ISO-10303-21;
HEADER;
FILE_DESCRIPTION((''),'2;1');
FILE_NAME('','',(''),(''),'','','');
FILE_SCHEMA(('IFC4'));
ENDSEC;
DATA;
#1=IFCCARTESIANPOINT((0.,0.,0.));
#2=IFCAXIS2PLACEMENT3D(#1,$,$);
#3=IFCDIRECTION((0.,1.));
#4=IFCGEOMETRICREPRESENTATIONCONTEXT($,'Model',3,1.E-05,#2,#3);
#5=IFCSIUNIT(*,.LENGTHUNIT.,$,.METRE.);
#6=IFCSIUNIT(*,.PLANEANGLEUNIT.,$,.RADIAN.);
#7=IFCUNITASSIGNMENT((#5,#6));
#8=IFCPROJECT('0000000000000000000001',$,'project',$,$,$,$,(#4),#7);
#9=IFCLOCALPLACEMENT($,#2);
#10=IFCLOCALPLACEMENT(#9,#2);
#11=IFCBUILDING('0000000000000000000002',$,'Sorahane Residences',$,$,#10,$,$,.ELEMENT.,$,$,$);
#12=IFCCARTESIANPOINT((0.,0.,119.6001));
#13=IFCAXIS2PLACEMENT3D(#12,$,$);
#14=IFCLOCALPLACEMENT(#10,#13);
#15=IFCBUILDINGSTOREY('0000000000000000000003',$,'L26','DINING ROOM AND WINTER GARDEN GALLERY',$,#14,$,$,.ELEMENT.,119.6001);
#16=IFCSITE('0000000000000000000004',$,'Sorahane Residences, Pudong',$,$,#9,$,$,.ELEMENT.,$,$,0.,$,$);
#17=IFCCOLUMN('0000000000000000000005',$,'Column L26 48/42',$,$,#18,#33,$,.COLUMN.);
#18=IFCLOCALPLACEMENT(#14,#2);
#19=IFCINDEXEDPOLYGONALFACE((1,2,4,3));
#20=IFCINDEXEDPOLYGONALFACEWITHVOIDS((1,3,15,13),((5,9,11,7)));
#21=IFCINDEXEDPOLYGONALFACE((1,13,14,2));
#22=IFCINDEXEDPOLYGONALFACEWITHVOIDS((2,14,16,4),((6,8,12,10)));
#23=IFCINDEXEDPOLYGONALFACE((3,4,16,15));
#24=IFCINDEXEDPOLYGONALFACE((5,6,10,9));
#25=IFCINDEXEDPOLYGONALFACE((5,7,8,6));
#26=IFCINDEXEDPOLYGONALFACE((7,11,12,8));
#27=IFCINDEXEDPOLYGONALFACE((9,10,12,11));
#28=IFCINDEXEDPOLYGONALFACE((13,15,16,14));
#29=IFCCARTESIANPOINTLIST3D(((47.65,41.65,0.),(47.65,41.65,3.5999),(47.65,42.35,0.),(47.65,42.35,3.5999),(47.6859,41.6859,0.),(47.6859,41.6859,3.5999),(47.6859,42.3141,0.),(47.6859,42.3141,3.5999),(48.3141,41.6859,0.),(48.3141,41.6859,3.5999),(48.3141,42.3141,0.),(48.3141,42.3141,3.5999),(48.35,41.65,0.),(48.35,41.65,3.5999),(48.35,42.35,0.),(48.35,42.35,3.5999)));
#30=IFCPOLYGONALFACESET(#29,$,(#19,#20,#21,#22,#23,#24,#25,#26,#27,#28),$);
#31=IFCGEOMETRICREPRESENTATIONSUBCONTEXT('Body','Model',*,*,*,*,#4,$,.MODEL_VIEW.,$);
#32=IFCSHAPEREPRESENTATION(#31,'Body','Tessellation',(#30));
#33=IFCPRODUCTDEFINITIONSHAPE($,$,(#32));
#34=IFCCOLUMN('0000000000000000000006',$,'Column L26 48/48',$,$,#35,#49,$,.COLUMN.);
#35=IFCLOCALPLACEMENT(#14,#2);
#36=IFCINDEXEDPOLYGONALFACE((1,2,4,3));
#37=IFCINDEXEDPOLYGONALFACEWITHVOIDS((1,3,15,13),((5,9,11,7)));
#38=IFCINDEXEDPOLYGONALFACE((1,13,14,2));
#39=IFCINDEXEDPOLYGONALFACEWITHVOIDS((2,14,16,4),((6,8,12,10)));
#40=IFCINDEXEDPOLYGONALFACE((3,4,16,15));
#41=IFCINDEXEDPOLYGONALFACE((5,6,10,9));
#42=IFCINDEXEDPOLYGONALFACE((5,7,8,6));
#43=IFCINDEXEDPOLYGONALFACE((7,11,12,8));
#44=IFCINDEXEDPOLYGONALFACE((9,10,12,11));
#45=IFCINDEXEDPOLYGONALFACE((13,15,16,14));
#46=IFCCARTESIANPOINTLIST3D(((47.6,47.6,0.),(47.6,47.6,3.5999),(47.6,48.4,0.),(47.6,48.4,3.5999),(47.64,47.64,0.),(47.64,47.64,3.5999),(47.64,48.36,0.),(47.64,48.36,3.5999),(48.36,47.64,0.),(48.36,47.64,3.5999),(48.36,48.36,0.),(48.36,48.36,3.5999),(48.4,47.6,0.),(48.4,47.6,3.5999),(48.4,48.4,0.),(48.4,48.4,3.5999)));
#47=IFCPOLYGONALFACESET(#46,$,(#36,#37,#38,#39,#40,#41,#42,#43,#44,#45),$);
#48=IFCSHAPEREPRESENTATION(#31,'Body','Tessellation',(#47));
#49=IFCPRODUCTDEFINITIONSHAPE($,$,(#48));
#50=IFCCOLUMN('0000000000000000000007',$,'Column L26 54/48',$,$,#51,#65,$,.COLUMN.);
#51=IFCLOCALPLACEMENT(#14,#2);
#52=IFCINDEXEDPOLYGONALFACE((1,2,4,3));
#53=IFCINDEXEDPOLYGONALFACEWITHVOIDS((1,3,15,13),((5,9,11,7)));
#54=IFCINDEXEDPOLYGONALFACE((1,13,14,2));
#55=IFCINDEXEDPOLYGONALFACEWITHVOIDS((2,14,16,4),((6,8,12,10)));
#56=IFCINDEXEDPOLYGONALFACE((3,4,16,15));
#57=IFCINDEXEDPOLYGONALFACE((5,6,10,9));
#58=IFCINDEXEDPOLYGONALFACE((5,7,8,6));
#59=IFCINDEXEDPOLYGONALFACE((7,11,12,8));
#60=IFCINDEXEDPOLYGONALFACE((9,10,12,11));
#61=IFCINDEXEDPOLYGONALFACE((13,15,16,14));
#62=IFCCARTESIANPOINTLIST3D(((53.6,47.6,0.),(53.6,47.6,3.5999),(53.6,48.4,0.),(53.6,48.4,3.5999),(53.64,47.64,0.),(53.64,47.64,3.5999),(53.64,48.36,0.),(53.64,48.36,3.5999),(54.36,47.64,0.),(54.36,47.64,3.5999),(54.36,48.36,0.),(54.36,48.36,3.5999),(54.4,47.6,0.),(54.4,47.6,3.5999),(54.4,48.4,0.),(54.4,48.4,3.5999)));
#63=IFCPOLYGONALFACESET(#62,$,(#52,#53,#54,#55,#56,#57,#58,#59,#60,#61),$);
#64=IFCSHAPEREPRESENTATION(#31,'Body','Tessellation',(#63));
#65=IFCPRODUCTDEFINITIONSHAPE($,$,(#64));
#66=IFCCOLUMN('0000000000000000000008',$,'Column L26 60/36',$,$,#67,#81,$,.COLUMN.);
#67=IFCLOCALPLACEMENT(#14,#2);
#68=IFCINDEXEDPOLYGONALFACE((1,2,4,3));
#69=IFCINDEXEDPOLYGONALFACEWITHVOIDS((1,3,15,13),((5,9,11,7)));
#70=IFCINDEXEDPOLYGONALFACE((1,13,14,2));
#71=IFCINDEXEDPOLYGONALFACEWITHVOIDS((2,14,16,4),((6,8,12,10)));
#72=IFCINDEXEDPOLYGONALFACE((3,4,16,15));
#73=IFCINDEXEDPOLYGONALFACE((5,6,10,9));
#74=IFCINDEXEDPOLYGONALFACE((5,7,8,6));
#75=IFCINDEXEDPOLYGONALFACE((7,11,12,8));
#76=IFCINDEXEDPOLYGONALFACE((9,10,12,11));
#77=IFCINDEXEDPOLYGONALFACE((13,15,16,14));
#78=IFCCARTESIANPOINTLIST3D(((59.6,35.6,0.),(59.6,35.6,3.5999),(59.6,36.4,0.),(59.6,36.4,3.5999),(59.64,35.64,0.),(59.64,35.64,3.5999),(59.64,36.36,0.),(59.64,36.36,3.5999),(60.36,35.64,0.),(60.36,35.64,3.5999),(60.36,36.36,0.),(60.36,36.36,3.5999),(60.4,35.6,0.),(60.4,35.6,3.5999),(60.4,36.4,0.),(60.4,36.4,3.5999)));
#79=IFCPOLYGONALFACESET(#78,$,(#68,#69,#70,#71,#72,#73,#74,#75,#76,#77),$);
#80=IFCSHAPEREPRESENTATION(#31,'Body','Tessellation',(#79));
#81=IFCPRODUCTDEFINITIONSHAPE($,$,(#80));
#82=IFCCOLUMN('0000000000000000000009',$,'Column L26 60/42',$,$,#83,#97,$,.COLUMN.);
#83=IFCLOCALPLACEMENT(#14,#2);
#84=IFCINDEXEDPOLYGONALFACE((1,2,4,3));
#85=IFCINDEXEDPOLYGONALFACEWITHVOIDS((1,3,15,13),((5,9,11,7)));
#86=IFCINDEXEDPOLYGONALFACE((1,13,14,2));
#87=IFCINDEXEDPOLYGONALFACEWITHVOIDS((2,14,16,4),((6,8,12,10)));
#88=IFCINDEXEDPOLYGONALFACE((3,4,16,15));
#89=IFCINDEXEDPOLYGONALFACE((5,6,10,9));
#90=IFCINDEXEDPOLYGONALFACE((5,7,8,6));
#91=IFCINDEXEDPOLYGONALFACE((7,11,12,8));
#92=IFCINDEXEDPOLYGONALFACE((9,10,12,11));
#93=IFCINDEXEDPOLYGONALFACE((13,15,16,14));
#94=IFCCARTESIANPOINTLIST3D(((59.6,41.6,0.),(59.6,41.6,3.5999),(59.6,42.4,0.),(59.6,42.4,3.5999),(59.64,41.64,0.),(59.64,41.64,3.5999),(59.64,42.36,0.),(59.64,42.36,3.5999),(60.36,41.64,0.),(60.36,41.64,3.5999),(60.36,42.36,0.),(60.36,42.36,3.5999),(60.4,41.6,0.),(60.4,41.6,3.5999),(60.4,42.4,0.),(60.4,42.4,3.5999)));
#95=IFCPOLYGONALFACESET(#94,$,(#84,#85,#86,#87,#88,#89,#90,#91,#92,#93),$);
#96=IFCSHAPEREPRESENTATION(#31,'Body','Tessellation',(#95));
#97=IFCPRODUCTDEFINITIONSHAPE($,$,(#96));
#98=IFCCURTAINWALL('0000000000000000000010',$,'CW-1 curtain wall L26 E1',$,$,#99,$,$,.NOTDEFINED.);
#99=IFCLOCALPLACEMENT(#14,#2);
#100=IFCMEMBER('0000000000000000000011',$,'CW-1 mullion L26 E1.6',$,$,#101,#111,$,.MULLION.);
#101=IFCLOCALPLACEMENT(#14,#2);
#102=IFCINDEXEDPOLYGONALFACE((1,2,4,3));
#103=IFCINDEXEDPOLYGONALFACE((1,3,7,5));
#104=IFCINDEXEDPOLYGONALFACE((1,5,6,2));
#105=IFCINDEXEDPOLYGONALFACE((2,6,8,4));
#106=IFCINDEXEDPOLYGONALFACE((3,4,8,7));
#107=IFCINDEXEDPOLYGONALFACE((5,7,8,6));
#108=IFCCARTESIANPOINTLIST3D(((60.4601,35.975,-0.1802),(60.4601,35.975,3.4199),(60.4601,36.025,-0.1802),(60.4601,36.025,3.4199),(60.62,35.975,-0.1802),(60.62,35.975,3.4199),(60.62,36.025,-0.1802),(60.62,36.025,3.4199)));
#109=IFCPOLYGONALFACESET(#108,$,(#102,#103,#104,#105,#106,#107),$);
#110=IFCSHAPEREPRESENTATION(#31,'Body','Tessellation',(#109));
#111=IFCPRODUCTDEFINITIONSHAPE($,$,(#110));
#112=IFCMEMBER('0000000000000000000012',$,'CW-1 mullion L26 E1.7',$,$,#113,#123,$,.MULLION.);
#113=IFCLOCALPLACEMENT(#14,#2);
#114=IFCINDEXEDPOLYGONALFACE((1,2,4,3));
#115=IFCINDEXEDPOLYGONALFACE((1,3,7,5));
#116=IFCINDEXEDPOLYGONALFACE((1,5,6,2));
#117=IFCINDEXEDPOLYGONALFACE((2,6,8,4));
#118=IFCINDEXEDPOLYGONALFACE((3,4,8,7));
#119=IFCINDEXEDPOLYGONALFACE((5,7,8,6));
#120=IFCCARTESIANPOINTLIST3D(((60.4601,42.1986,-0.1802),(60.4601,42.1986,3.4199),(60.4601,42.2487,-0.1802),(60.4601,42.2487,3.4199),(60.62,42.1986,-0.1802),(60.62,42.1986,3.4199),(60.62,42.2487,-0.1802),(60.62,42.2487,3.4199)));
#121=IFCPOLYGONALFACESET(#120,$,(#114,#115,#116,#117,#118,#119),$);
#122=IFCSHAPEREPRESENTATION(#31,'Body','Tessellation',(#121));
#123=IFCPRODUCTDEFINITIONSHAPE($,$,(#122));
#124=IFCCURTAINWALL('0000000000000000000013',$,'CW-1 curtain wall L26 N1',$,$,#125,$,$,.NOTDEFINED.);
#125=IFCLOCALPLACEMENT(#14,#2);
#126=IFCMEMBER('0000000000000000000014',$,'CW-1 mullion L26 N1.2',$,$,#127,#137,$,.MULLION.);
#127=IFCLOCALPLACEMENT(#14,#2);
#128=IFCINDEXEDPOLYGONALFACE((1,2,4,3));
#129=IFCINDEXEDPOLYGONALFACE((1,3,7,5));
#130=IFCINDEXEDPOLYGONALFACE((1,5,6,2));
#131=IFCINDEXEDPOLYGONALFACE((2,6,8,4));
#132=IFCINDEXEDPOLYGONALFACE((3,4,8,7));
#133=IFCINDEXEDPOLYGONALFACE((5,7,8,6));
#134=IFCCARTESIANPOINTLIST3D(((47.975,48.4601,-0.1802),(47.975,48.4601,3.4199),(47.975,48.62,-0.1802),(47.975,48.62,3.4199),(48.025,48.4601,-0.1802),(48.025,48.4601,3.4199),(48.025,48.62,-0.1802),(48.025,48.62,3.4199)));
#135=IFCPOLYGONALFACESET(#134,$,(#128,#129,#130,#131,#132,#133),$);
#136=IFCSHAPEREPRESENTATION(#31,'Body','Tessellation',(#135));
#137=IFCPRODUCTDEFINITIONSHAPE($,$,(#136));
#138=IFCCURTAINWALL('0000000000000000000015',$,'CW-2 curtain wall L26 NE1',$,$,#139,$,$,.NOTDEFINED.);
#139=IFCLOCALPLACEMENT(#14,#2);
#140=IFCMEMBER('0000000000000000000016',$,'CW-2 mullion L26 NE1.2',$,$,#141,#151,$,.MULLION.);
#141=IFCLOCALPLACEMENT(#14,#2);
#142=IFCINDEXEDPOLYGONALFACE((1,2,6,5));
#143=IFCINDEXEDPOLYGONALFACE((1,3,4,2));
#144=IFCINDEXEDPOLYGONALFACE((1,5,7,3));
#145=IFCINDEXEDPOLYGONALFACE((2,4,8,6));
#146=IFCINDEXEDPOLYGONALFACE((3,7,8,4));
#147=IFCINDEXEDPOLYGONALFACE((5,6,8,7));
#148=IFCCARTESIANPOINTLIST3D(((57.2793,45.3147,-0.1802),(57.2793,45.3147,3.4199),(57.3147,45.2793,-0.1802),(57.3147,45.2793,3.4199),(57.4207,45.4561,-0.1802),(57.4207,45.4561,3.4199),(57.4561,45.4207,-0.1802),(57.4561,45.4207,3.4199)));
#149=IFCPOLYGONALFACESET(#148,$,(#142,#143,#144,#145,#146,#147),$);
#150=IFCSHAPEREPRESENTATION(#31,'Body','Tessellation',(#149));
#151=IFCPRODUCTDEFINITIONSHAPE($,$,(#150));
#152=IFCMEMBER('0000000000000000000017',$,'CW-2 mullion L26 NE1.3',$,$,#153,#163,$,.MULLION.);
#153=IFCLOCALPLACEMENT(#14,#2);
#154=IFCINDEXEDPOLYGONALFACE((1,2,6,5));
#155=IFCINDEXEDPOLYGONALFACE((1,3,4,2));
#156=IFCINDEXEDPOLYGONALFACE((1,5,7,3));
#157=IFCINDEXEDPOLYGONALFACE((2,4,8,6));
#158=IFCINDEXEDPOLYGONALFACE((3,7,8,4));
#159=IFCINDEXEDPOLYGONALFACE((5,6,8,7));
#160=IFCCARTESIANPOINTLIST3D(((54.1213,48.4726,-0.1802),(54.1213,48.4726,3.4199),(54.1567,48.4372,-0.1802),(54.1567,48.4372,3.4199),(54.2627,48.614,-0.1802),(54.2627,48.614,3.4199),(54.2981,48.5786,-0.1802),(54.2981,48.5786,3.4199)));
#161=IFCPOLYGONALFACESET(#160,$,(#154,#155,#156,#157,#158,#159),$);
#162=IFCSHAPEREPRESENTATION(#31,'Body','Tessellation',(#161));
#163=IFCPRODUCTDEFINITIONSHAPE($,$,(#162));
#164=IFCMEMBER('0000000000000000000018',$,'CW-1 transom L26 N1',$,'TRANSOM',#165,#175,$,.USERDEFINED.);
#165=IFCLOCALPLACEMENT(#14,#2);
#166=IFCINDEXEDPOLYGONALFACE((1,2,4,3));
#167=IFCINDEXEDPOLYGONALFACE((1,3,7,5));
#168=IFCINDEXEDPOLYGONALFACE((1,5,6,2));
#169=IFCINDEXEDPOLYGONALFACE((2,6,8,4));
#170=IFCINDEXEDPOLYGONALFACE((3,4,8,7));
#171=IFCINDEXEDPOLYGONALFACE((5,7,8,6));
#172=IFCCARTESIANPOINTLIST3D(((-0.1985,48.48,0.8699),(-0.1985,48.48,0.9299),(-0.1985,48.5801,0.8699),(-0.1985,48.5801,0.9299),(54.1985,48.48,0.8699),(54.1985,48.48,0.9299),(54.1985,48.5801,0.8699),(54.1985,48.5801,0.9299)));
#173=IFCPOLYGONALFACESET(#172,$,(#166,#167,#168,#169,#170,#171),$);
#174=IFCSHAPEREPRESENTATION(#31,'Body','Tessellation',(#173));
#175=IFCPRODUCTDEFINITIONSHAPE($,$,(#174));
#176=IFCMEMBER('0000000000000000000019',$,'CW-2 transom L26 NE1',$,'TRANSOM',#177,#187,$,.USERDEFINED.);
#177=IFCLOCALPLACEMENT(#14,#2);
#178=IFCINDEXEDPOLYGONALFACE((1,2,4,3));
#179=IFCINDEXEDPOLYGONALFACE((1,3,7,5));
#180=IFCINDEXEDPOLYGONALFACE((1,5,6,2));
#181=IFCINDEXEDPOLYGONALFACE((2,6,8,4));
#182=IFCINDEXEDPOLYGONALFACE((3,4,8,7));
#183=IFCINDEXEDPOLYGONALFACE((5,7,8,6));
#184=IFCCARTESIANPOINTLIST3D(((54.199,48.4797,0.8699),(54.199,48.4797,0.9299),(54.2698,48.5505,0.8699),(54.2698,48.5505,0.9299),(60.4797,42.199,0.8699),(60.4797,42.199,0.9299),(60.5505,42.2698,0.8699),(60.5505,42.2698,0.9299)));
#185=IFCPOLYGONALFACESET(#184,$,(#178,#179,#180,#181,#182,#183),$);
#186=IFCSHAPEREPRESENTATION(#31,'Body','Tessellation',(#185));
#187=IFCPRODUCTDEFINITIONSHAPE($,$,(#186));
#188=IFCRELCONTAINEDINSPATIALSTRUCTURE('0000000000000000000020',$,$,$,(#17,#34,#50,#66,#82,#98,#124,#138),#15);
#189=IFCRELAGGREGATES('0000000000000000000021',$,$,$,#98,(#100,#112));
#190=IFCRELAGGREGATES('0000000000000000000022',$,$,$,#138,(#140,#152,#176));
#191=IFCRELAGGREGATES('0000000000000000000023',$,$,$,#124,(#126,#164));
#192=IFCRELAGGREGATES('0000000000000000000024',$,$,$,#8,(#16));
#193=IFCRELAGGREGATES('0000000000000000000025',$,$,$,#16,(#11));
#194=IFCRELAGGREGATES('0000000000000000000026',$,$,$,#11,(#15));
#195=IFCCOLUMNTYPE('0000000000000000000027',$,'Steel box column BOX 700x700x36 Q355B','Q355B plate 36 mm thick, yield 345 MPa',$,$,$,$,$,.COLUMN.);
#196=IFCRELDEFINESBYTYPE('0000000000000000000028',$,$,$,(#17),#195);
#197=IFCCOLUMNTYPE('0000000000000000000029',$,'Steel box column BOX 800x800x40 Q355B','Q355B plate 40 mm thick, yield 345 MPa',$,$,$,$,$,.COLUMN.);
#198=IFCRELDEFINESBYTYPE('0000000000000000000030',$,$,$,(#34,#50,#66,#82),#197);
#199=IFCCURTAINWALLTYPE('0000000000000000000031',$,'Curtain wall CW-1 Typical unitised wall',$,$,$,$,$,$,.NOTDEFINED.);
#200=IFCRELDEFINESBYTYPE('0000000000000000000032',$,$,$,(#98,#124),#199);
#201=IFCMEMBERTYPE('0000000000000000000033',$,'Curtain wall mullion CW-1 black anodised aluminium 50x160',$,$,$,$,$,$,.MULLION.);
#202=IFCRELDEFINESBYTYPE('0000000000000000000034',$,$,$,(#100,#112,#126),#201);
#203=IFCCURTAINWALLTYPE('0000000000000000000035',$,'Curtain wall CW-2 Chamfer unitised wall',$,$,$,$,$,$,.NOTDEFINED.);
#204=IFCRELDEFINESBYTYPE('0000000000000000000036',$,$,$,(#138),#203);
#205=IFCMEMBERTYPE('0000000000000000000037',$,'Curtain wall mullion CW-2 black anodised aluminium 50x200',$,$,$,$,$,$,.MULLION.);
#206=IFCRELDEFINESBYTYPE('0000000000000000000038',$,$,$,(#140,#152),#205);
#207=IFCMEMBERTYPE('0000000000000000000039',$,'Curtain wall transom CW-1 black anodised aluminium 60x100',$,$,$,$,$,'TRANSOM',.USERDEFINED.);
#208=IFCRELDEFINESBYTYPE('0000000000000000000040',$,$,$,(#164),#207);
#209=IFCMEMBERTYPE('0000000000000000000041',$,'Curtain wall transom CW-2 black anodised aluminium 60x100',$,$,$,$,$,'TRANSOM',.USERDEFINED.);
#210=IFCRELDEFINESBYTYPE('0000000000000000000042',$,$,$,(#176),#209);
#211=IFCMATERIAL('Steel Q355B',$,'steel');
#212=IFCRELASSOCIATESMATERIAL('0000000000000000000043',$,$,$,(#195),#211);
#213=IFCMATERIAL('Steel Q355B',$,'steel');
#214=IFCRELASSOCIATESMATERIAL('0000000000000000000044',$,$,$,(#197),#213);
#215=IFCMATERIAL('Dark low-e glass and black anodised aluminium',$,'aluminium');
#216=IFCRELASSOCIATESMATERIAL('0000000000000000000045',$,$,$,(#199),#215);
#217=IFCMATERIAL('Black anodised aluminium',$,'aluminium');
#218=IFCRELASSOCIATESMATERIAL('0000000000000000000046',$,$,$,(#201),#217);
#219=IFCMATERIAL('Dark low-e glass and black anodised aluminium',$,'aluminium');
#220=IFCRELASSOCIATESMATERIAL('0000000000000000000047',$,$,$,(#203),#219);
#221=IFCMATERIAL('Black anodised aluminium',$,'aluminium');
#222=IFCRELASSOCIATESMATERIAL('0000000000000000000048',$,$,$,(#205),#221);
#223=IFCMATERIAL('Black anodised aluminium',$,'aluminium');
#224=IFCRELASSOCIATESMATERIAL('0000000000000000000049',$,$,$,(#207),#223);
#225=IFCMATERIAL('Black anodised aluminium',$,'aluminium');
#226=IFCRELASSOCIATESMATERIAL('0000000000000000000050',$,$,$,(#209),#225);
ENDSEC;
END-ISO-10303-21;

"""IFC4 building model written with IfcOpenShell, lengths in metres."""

from ifc_helpers import new_model, si_unit, direction, frame, origin, origin_2d, place, context, subcontext, project, spatial, rectangle, hollow_rectangle, extrude, material, material_profile, profile_set, type_object, element, aggregate, save


model = new_model("IFC4")

# Units and contexts
model_context = context("Model", 3, precision=1e-05, world=origin(), true_north=direction((0.0, 1.0)))
body_context = subcontext(model_context, "Body", "Model", "MODEL_VIEW")
ifc_project = project(units=[si_unit("LENGTHUNIT", "METRE"), si_unit("PLANEANGLEUNIT", "RADIAN")], contexts=[model_context])

# Site, building, storey
site_placement = place(None, origin())
site = spatial("IfcSite", under=ifc_project, at=site_placement, Name="Sorahane Residences, Pudong", CompositionType="ELEMENT", RefElevation=0.0)
building_placement = place(site_placement, origin())
building = spatial("IfcBuilding", under=site, at=building_placement, Name="Sorahane Residences", CompositionType="ELEMENT")
storey_placement = place(building_placement, frame((0.0, 0.0, 119.6001)))
storey = spatial("IfcBuildingStorey", under=building, at=storey_placement, Name="L26", Description="DINING ROOM AND WINTER GARDEN GALLERY", CompositionType="ELEMENT", Elevation=119.6001)

# Columns
ifc_material_1 = material(Name="Steel Q355B", Category="steel")
ifc_material_profile_1 = material_profile(ifc_material_1, hollow_rectangle(XDim=0.7, YDim=0.7, WallThickness=0.0359, at=origin_2d()), Name="BOX 700x700x36")
ifc_profile_set_1 = profile_set([ifc_material_profile_1], Name="Steel Q355B")
column_type_1 = type_object("IfcColumnType", Name="Steel box column BOX 700x700x36 Q355B", Description="Q355B plate 36 mm thick, yield 345 MPa", PredefinedType="COLUMN", material=ifc_profile_set_1)
column_placement = place(storey_placement, frame((48.0, 42.0, 0.0), z_axis=(0.0, 0.0, 1.0), x_axis=(1.0, 0.0, 0.0)))
element("IfcColumn", 1, at=column_placement, inside=storey, type_object=column_type_1, Name="Column L26 48/42", PredefinedType="COLUMN", context=body_context, shape_type="SweptSolid", body=[
    extrude(hollow_rectangle(XDim=0.7, YDim=0.7, WallThickness=0.0359, at=origin_2d()), origin(), (0.0, 0.0, 1.0), 3.5999),
])
ifc_material_2 = material(Name="Steel Q355B", Category="steel")
ifc_material_profile_2 = material_profile(ifc_material_2, hollow_rectangle(XDim=0.8, YDim=0.8, WallThickness=0.04, at=origin_2d()), Name="BOX 800x800x40")
ifc_profile_set_2 = profile_set([ifc_material_profile_2], Name="Steel Q355B")
column_type_2 = type_object("IfcColumnType", Name="Steel box column BOX 800x800x40 Q355B", Description="Q355B plate 40 mm thick, yield 345 MPa", PredefinedType="COLUMN", material=ifc_profile_set_2)
for number, where, z_axis, x_axis, name in (
    (2, (48.0, 48.0, 0.0), (0.0, 0.0, 1.0), (1.0, 0.0, 0.0), "Column L26 48/48"),
    (3, (54.0, 48.0, 0.0), (0.0, 0.0, 1.0), (1.0, 0.0, 0.0), "Column L26 54/48"),
    (4, (60.0, 36.0, 0.0), (0.0, 0.0, 1.0), (1.0, 0.0, 0.0), "Column L26 60/36"),
    (5, (60.0, 42.0, 0.0), (0.0, 0.0, 1.0), (1.0, 0.0, 0.0), "Column L26 60/42"),
):
    element("IfcColumn", number, at=place(storey_placement, frame(where, z_axis=z_axis, x_axis=x_axis)), inside=storey, type_object=column_type_2, Name=name, PredefinedType="COLUMN", context=body_context, shape_type="SweptSolid", body=[
        extrude(hollow_rectangle(XDim=0.8, YDim=0.8, WallThickness=0.04, at=origin_2d()), origin(), (0.0, 0.0, 1.0), 3.5999),
    ])

# Curtain wall, members
ifc_material_3 = material(Name="Dark low-e glass and black anodised aluminium", Category="aluminium")
curtain_wall_type_1 = type_object("IfcCurtainWallType", Name="Curtain wall CW-1 Typical unitised wall", PredefinedType="NOTDEFINED", material=ifc_material_3)
curtain_wall_1_placement = place(storey_placement, origin())
curtain_wall_1 = element("IfcCurtainWall", 6, at=curtain_wall_1_placement, inside=storey, type_object=curtain_wall_type_1, Name="CW-1 curtain wall L26 E1", PredefinedType="NOTDEFINED")
ifc_material_4 = material(Name="Black anodised aluminium", Category="aluminium")
ifc_material_profile_3 = material_profile(ifc_material_4, rectangle(XDim=0.1599, YDim=0.05, at=origin_2d()), Name="Curtain wall mullion CW-1 black anodised aluminium 50x160")
ifc_profile_set_3 = profile_set([ifc_material_profile_3], Name="Black anodised aluminium")
member_type_1 = type_object("IfcMemberType", Name="Curtain wall mullion CW-1 black anodised aluminium 50x160", PredefinedType="MULLION", material=ifc_profile_set_3)
member_1_placement = place(storey_placement, frame((60.54, 36.0, -0.1802), z_axis=(0.0, 0.0, 1.0), x_axis=(1.0, 0.0, 0.0)))
member_1 = element("IfcMember", 7, at=member_1_placement, type_object=member_type_1, Name="CW-1 mullion L26 E1.6", PredefinedType="MULLION", context=body_context, shape_type="SweptSolid", body=[
    extrude(rectangle(XDim=0.1599, YDim=0.05, at=origin_2d()), origin(), (0.0, 0.0, 1.0), 3.6001),
])
member_2_placement = place(storey_placement, frame((60.54, 42.2236, -0.1802), z_axis=(0.0, 0.0, 1.0), x_axis=(1.0, 0.0, 0.0)))
member_2 = element("IfcMember", 8, at=member_2_placement, type_object=member_type_1, Name="CW-1 mullion L26 E1.7", PredefinedType="MULLION", context=body_context, shape_type="SweptSolid", body=[
    extrude(rectangle(XDim=0.1599, YDim=0.05, at=origin_2d()), origin(), (0.0, 0.0, 1.0), 3.6001),
])

# Curtain wall, member
curtain_wall_2_placement = place(storey_placement, origin())
curtain_wall_2 = element("IfcCurtainWall", 9, at=curtain_wall_2_placement, inside=storey, type_object=curtain_wall_type_1, Name="CW-1 curtain wall L26 N1", PredefinedType="NOTDEFINED")
member_3_placement = place(storey_placement, frame((48.0, 48.54, -0.1802), z_axis=(0.0, 0.0, 1.0), x_axis=(0.0, 1.0, 0.0)))
member_3 = element("IfcMember", 10, at=member_3_placement, type_object=member_type_1, Name="CW-1 mullion L26 N1.2", PredefinedType="MULLION", context=body_context, shape_type="SweptSolid", body=[
    extrude(rectangle(XDim=0.1599, YDim=0.05, at=origin_2d()), origin(), (0.0, 0.0, 1.0), 3.6001),
])

# Curtain wall, members
ifc_material_5 = material(Name="Dark low-e glass and black anodised aluminium", Category="aluminium")
curtain_wall_type_2 = type_object("IfcCurtainWallType", Name="Curtain wall CW-2 Chamfer unitised wall", PredefinedType="NOTDEFINED", material=ifc_material_5)
curtain_wall_3_placement = place(storey_placement, origin())
curtain_wall_3 = element("IfcCurtainWall", 11, at=curtain_wall_3_placement, inside=storey, type_object=curtain_wall_type_2, Name="CW-2 curtain wall L26 NE1", PredefinedType="NOTDEFINED")
ifc_material_6 = material(Name="Black anodised aluminium", Category="aluminium")
ifc_material_profile_4 = material_profile(ifc_material_6, rectangle(XDim=0.2, YDim=0.05, at=origin_2d()), Name="Curtain wall mullion CW-2 black anodised aluminium 50x200")
ifc_profile_set_4 = profile_set([ifc_material_profile_4], Name="Black anodised aluminium")
member_type_2 = type_object("IfcMemberType", Name="Curtain wall mullion CW-2 black anodised aluminium 50x200", PredefinedType="MULLION", material=ifc_profile_set_4)
member_4_placement = place(storey_placement, frame((57.3677, 45.3677, -0.1802), z_axis=(0.0, 0.0, 1.0), x_axis=(0.707107, 0.707107, 0.0)))
member_4 = element("IfcMember", 12, at=member_4_placement, type_object=member_type_2, Name="CW-2 mullion L26 NE1.2", PredefinedType="MULLION", context=body_context, shape_type="SweptSolid", body=[
    extrude(rectangle(XDim=0.2, YDim=0.05, at=origin_2d()), origin(), (0.0, 0.0, 1.0), 3.6001),
])
member_5_placement = place(storey_placement, frame((54.2097, 48.5256, -0.1802), z_axis=(0.0, 0.0, 1.0), x_axis=(0.707107, 0.707107, 0.0)))
member_5 = element("IfcMember", 13, at=member_5_placement, type_object=member_type_2, Name="CW-2 mullion L26 NE1.3", PredefinedType="MULLION", context=body_context, shape_type="SweptSolid", body=[
    extrude(rectangle(XDim=0.2, YDim=0.05, at=origin_2d()), origin(), (0.0, 0.0, 1.0), 3.6001),
])

# Members
ifc_material_7 = material(Name="Black anodised aluminium", Category="aluminium")
ifc_material_profile_5 = material_profile(ifc_material_7, rectangle(XDim=0.1001, YDim=0.0601, at=origin_2d()), Name="Curtain wall transom CW-1 black anodised aluminium 60x100")
ifc_profile_set_5 = profile_set([ifc_material_profile_5], Name="Black anodised aluminium")
member_type_3 = type_object("IfcMemberType", Name="Curtain wall transom CW-1 black anodised aluminium 60x100", ElementType="TRANSOM", PredefinedType="USERDEFINED", material=ifc_profile_set_5)
member_6_placement = place(storey_placement, frame((54.1985, 48.53, 0.8999), z_axis=(-1.0, 0.0, 0.0), x_axis=(0.0, -1.0, 0.0)))
member_6 = element("IfcMember", 14, at=member_6_placement, type_object=member_type_3, Name="CW-1 transom L26 N1", ObjectType="TRANSOM", PredefinedType="USERDEFINED", context=body_context, shape_type="SweptSolid", body=[
    extrude(rectangle(XDim=0.1001, YDim=0.0601, at=origin_2d()), origin(), (0.0, 0.0, 1.0), 54.397),
])
ifc_material_8 = material(Name="Black anodised aluminium", Category="aluminium")
ifc_material_profile_6 = material_profile(ifc_material_8, rectangle(XDim=0.1001, YDim=0.0601, at=origin_2d()), Name="Curtain wall transom CW-2 black anodised aluminium 60x100")
ifc_profile_set_6 = profile_set([ifc_material_profile_6], Name="Black anodised aluminium")
member_type_4 = type_object("IfcMemberType", Name="Curtain wall transom CW-2 black anodised aluminium 60x100", ElementType="TRANSOM", PredefinedType="USERDEFINED", material=ifc_profile_set_6)
member_7_placement = place(storey_placement, frame((60.5151, 42.2344, 0.8999), z_axis=(-0.707107, 0.707107, 0.0), x_axis=(-0.707107, -0.707107, 0.0)))
member_7 = element("IfcMember", 15, at=member_7_placement, type_object=member_type_4, Name="CW-2 transom L26 NE1", ObjectType="TRANSOM", PredefinedType="USERDEFINED", context=body_context, shape_type="SweptSolid", body=[
    extrude(rectangle(XDim=0.1001, YDim=0.0601, at=origin_2d()), origin(), (0.0, 0.0, 1.0), 8.8823),
])

aggregate(curtain_wall_1, [member_1, member_2])
aggregate(curtain_wall_3, [member_4, member_5, member_7])
aggregate(curtain_wall_2, [member_3, member_6])

save(model, "model.ifc")
